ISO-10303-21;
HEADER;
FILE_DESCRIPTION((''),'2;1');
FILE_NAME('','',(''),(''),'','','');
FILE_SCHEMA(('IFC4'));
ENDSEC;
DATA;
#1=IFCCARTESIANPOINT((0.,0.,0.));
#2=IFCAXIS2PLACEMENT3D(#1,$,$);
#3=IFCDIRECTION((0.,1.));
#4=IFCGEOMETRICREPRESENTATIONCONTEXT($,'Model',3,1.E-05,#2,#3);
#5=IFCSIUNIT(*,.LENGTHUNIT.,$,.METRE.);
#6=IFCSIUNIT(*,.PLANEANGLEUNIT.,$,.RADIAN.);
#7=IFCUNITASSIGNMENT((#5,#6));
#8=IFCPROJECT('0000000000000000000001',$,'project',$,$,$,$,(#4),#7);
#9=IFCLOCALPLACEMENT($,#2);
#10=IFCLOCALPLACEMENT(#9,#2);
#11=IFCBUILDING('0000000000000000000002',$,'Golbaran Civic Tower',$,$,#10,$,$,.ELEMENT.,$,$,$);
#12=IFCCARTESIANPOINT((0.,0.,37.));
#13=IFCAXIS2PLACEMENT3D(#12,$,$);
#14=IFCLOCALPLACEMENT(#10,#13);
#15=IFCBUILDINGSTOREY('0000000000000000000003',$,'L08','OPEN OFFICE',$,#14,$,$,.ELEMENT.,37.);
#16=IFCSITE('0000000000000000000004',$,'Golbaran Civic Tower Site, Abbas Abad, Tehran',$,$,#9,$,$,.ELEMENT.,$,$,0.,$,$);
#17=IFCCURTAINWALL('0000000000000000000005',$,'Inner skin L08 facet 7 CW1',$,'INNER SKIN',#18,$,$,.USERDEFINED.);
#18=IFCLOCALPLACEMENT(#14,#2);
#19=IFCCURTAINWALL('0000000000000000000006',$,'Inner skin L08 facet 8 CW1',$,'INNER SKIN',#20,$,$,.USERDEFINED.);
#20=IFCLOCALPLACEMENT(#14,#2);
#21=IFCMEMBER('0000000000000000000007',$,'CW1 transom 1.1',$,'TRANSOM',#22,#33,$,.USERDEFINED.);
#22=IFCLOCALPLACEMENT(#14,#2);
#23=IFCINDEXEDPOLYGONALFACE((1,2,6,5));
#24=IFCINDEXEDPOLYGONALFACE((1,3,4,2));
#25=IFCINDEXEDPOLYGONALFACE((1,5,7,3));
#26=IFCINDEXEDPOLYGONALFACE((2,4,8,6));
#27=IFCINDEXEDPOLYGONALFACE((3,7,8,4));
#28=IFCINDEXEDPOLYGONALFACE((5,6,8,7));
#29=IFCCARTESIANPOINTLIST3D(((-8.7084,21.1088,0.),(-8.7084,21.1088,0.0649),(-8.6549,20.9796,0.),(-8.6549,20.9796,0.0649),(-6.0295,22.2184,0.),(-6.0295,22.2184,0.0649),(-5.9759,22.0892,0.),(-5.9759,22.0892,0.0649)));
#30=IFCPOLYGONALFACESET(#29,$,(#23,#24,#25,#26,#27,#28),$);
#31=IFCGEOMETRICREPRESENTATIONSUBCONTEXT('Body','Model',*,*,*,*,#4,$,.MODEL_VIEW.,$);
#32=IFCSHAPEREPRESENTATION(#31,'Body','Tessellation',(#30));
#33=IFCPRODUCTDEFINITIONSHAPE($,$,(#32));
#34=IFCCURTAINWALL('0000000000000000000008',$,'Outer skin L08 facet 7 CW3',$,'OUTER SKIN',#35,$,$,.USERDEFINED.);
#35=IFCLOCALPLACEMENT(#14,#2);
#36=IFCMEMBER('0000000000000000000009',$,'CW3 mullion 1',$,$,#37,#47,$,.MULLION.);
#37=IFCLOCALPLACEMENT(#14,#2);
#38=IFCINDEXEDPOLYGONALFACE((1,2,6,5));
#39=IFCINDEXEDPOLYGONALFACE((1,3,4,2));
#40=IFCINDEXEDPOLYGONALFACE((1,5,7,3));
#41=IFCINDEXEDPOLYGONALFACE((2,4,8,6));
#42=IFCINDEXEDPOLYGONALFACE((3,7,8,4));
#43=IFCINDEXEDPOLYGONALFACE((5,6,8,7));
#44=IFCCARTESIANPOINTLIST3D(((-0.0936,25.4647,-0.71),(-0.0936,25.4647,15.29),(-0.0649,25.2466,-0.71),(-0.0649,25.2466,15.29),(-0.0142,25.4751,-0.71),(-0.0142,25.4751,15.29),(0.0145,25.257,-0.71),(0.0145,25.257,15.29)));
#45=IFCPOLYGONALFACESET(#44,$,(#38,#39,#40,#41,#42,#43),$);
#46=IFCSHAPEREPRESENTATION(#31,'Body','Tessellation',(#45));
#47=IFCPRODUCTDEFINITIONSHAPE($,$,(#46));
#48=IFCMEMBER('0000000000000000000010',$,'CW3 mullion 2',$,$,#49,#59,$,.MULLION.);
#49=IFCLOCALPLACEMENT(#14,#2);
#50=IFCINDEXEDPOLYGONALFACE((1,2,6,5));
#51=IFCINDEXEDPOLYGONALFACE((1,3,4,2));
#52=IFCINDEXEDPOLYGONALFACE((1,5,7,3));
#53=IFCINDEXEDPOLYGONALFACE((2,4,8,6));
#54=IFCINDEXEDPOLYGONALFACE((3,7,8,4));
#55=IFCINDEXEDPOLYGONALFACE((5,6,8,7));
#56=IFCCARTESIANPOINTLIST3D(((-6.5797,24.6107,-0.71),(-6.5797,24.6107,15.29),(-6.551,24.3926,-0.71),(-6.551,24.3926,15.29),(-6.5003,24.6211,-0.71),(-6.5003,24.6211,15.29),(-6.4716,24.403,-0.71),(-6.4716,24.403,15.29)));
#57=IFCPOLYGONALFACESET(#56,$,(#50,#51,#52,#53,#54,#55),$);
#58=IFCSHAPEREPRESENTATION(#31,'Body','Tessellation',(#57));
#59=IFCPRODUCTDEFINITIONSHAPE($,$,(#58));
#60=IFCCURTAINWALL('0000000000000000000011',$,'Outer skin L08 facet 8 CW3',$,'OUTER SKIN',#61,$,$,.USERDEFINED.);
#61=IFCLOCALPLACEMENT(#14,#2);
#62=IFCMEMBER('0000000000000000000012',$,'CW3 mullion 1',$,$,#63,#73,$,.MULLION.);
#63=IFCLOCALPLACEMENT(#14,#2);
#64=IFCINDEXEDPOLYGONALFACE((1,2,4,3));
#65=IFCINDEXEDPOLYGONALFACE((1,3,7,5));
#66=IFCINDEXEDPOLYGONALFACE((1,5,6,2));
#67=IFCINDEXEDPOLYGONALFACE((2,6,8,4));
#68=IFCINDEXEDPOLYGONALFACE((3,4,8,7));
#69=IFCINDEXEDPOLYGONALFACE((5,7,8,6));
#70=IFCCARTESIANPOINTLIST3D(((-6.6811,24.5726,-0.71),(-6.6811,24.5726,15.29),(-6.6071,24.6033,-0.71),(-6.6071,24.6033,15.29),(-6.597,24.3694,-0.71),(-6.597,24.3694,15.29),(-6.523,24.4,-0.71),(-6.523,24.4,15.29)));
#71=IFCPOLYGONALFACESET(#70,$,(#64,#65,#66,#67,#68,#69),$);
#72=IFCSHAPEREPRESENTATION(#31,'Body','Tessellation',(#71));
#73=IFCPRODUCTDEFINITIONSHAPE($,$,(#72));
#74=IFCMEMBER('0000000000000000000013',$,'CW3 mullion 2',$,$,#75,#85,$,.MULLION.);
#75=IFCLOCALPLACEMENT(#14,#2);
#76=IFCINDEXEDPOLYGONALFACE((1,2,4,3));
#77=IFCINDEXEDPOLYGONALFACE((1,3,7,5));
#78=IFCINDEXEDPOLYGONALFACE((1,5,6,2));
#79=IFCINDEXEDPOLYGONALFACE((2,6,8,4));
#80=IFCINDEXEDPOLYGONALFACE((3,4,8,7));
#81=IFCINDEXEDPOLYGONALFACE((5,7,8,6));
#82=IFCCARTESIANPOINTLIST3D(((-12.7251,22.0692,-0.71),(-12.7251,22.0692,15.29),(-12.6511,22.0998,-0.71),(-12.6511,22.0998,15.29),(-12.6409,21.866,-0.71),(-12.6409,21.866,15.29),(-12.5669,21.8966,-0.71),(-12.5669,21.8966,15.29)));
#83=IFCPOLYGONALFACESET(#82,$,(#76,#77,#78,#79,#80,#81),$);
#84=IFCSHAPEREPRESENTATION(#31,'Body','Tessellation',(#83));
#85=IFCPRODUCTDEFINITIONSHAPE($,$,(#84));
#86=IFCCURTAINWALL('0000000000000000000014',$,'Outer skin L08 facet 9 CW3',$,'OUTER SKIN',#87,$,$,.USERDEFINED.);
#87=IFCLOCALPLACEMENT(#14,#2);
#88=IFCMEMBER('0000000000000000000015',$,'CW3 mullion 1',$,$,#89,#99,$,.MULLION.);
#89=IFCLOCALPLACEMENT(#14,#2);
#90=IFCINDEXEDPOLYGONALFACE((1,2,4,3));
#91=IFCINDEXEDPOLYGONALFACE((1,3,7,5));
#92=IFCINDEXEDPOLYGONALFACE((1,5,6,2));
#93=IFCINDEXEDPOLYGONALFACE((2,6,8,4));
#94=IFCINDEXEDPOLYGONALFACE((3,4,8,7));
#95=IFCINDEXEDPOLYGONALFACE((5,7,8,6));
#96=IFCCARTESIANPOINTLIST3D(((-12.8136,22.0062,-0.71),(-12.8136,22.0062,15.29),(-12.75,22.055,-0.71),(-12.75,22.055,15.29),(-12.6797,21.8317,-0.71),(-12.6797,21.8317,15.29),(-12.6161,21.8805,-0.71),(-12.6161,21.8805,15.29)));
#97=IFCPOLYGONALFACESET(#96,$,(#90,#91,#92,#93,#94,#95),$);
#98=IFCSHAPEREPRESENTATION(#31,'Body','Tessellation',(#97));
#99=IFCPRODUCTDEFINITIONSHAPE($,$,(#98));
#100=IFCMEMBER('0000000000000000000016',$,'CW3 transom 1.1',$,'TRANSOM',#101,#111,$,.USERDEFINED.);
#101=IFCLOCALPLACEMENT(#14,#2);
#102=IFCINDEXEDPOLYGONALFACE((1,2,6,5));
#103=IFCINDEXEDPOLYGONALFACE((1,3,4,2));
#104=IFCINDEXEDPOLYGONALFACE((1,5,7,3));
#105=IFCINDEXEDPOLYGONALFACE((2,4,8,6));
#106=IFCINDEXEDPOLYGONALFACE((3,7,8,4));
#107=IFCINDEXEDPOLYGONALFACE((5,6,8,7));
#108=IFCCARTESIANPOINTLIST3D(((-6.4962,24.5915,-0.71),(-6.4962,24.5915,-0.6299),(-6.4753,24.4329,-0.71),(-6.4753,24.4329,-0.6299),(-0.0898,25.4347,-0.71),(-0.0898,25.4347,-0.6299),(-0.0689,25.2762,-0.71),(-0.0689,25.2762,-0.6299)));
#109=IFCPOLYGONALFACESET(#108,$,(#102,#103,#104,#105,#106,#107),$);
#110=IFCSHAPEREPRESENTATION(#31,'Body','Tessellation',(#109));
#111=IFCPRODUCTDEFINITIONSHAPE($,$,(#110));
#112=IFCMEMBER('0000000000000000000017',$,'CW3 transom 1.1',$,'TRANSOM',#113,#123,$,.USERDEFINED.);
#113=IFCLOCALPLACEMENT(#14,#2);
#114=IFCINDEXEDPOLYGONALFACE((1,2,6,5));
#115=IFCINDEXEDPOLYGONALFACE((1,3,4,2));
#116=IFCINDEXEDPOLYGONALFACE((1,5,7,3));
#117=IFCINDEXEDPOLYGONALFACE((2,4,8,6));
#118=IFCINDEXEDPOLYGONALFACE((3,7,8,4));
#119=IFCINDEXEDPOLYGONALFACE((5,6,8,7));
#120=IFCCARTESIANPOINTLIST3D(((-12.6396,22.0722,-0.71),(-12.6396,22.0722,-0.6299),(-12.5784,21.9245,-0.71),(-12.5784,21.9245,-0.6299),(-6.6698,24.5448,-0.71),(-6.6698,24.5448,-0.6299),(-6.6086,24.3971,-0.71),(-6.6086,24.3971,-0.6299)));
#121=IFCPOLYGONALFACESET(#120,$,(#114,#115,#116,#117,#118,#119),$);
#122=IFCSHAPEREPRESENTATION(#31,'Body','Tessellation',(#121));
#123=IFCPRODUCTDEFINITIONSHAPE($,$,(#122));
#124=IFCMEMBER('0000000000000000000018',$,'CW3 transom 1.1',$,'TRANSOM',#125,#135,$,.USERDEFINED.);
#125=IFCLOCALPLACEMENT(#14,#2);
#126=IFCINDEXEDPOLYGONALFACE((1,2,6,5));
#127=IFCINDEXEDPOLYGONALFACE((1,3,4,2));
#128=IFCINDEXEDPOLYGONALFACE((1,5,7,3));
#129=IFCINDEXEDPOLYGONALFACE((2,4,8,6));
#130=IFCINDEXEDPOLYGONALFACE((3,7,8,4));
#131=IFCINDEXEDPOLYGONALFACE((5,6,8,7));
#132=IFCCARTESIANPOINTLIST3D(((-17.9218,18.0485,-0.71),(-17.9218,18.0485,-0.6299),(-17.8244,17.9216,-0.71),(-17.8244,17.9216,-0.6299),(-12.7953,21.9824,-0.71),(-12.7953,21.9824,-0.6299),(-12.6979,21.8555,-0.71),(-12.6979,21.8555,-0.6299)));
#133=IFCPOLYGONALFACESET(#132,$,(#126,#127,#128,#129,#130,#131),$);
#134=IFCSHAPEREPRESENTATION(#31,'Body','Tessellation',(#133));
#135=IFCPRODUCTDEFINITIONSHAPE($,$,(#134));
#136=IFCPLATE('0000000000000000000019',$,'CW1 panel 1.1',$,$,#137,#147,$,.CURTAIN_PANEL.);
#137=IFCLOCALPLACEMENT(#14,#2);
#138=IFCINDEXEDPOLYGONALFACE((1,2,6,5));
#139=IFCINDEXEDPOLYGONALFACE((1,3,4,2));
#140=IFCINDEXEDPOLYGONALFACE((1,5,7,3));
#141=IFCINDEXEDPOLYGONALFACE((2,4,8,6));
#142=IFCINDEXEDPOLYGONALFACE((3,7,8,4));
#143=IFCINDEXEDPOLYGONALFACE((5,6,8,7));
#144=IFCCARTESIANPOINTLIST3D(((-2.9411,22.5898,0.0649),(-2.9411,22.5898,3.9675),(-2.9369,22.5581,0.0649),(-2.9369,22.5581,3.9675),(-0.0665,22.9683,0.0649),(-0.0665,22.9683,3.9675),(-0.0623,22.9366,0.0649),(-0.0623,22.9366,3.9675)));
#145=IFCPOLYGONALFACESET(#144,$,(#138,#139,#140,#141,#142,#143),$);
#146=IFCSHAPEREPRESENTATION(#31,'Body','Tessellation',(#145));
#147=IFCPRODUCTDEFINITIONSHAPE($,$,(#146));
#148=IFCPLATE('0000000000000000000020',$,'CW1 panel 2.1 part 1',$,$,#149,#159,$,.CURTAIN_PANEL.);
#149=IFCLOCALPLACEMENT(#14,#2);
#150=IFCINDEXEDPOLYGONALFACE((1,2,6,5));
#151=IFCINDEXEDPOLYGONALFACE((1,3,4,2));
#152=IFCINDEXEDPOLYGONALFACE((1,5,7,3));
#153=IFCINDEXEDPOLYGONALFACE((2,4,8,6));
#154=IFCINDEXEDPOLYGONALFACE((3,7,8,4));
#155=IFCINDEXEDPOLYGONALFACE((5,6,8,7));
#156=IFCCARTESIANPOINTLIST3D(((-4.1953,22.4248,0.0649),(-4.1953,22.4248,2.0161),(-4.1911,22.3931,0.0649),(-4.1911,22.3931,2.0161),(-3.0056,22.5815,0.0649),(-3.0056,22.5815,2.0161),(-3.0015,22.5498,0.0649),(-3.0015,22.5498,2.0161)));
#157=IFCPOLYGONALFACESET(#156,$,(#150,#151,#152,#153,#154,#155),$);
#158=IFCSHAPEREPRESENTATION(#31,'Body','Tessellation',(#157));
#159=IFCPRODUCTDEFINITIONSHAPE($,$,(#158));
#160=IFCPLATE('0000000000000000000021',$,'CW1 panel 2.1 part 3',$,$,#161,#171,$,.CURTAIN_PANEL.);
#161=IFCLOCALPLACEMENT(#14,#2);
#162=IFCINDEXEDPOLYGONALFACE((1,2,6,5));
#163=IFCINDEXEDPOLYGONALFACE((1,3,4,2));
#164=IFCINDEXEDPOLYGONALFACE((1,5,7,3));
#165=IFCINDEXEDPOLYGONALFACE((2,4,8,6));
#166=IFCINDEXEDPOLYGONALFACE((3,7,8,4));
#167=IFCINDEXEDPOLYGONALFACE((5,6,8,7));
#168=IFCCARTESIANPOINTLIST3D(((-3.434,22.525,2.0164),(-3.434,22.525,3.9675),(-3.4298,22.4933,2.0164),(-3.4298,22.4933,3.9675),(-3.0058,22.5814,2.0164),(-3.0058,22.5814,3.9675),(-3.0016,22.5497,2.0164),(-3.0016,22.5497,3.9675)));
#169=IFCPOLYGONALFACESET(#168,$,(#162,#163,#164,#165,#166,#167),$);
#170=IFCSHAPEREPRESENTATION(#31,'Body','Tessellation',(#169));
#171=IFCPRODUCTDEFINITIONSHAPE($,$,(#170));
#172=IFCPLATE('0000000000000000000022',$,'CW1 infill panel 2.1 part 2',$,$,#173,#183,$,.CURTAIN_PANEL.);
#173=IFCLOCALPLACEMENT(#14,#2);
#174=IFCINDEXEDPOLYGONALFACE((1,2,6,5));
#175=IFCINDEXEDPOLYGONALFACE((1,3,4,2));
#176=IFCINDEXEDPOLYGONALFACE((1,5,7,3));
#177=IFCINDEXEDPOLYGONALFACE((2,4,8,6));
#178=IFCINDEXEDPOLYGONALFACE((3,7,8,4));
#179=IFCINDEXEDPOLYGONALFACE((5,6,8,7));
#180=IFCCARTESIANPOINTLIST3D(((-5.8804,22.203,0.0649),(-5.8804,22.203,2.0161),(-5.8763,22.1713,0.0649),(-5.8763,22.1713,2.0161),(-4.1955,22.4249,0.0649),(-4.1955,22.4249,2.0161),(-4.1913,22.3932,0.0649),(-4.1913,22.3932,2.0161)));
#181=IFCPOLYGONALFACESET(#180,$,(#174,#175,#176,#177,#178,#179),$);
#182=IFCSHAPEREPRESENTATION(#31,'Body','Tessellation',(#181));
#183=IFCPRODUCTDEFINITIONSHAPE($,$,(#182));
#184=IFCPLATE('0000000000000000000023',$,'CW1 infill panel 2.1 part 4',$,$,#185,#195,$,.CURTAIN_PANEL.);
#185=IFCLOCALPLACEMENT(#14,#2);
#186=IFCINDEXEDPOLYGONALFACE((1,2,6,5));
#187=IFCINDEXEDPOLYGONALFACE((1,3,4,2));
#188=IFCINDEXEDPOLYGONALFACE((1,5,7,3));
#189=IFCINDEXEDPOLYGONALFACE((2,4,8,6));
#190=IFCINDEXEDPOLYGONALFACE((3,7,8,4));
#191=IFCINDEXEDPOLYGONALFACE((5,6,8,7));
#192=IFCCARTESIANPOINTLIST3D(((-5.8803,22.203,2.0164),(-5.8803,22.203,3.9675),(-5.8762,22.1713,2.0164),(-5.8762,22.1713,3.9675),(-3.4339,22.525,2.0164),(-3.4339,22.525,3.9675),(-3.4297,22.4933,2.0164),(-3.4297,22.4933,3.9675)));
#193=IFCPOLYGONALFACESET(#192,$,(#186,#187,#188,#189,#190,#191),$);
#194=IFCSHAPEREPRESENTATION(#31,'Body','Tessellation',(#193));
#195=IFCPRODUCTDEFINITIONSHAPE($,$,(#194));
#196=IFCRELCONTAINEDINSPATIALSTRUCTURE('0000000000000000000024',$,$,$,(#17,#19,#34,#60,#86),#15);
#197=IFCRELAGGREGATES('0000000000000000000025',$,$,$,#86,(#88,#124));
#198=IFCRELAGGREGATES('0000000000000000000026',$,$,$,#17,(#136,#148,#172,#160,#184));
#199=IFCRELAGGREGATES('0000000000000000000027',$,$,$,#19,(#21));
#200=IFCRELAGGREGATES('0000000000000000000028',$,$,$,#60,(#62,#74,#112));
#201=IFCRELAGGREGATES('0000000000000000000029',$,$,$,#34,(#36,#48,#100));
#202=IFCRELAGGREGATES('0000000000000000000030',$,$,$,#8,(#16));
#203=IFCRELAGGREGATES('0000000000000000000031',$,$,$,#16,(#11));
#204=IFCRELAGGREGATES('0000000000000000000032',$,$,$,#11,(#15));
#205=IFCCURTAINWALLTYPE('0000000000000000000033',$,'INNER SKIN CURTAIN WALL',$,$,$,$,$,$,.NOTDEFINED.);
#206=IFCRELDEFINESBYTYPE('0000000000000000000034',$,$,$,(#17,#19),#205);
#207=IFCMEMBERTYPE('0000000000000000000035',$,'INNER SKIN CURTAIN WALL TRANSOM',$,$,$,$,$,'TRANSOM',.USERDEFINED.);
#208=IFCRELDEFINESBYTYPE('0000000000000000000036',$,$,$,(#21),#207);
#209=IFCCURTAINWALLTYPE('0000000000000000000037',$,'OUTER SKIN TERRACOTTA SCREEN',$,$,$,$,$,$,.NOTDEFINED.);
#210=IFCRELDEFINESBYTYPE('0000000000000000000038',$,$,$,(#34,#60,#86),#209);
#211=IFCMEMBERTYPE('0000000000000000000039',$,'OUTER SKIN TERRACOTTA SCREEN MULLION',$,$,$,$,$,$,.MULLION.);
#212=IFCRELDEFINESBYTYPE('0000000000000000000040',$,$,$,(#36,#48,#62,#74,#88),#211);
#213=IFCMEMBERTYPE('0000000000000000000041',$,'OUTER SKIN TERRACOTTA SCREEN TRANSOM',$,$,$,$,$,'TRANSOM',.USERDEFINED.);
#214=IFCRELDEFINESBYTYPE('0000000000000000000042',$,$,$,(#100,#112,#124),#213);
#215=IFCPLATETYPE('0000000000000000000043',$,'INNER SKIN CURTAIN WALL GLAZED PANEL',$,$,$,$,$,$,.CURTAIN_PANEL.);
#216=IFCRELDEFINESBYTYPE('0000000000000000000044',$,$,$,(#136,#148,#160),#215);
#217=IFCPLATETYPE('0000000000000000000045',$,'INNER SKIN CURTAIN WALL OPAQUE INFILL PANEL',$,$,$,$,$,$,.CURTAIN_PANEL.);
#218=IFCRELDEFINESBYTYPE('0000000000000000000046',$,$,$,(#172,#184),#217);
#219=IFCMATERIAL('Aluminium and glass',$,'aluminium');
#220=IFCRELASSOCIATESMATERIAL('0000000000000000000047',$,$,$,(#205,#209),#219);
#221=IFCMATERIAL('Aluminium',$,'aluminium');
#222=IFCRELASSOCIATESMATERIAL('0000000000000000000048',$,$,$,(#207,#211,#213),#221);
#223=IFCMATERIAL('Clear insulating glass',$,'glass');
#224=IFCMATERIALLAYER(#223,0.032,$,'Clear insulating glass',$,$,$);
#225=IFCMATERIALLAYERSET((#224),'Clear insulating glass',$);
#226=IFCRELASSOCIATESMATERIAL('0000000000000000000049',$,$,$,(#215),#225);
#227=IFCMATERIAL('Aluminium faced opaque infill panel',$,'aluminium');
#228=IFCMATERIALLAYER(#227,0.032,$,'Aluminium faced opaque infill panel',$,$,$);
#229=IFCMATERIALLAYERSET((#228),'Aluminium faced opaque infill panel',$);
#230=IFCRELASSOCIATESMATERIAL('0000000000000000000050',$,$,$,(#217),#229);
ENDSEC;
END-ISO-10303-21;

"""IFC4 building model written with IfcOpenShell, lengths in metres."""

from ifc_helpers import new_model, si_unit, direction, frame, origin, origin_2d, place, context, subcontext, project, spatial, rectangle, extrude, material, layer, layer_set, material_profile, profile_set, type_object, element, aggregate, save


model = new_model("IFC4")

# Units and contexts
model_context = context("Model", 3, precision=1e-05, world=origin(), true_north=direction((0.0, 1.0)))
body_context = subcontext(model_context, "Body", "Model", "MODEL_VIEW")
ifc_project = project(units=[si_unit("LENGTHUNIT", "METRE"), si_unit("PLANEANGLEUNIT", "RADIAN")], contexts=[model_context])

# Site, building, storey
site_placement = place(None, origin())
site = spatial("IfcSite", under=ifc_project, at=site_placement, Name="Golbaran Civic Tower Site, Abbas Abad, Tehran", CompositionType="ELEMENT", RefElevation=0.0)
building_placement = place(site_placement, origin())
building = spatial("IfcBuilding", under=site, at=building_placement, Name="Golbaran Civic Tower", CompositionType="ELEMENT")
storey_placement = place(building_placement, frame((0.0, 0.0, 37.0)))
storey = spatial("IfcBuildingStorey", under=building, at=storey_placement, Name="L08", Description="OPEN OFFICE", CompositionType="ELEMENT", Elevation=37.0)

# Curtain wall
ifc_material_1 = material(Name="Aluminium and glass", Category="aluminium")
curtain_wall_type_1 = type_object("IfcCurtainWallType", Name="INNER SKIN CURTAIN WALL", PredefinedType="NOTDEFINED", material=ifc_material_1)
curtain_wall_1_placement = place(storey_placement, origin())
curtain_wall_1 = element("IfcCurtainWall", 1, at=curtain_wall_1_placement, inside=storey, type_object=curtain_wall_type_1, Name="Inner skin L08 facet 7 CW1", ObjectType="INNER SKIN", PredefinedType="USERDEFINED")
ifc_material_2 = material(Name="Aluminium", Category="aluminium")

# Curtain wall
curtain_wall_2_placement = place(storey_placement, origin())
curtain_wall_2 = element("IfcCurtainWall", 2, at=curtain_wall_2_placement, inside=storey, type_object=curtain_wall_type_1, Name="Inner skin L08 facet 8 CW1", ObjectType="INNER SKIN", PredefinedType="USERDEFINED")

# Member
ifc_material_profile_1 = material_profile(ifc_material_2, rectangle(XDim=0.1399, YDim=0.0649, at=origin_2d()), Name="INNER SKIN CURTAIN WALL TRANSOM")
ifc_profile_set_1 = profile_set([ifc_material_profile_1], Name="Aluminium")
member_type_1 = type_object("IfcMemberType", Name="INNER SKIN CURTAIN WALL TRANSOM", ElementType="TRANSOM", PredefinedType="USERDEFINED", material=ifc_profile_set_1)
member_1_placement = place(storey_placement, frame((-6.0027, 22.1538, 0.0325), z_axis=(-0.923884, -0.382672, 0.0), x_axis=(0.382672, -0.923884, 0.0)))
member_1 = element("IfcMember", 3, at=member_1_placement, type_object=member_type_1, Name="CW1 transom 1.1", ObjectType="TRANSOM", PredefinedType="USERDEFINED", context=body_context, shape_type="SweptSolid", body=[
    extrude(rectangle(XDim=0.1399, YDim=0.0649, at=origin_2d()), origin(), (0.0, 0.0, 1.0), 2.8997),
])

# Curtain walls, members
curtain_wall_type_2 = type_object("IfcCurtainWallType", Name="OUTER SKIN TERRACOTTA SCREEN", PredefinedType="NOTDEFINED", material=ifc_material_1)
curtain_wall_3_placement = place(storey_placement, origin())
curtain_wall_3 = element("IfcCurtainWall", 4, at=curtain_wall_3_placement, inside=storey, type_object=curtain_wall_type_2, Name="Outer skin L08 facet 7 CW3", ObjectType="OUTER SKIN", PredefinedType="USERDEFINED")
ifc_material_profile_2 = material_profile(ifc_material_2, rectangle(XDim=0.22, YDim=0.0801, at=origin_2d()), Name="OUTER SKIN TERRACOTTA SCREEN MULLION")
ifc_profile_set_2 = profile_set([ifc_material_profile_2], Name="Aluminium")
member_type_2 = type_object("IfcMemberType", Name="OUTER SKIN TERRACOTTA SCREEN MULLION", PredefinedType="MULLION", material=ifc_profile_set_2)
member_2_placement = place(storey_placement, frame((-0.0396, 25.3608, -0.71), z_axis=(0.0, 0.0, 1.0), x_axis=(0.130526, -0.991445, 0.0)))
member_2 = element("IfcMember", 5, at=member_2_placement, type_object=member_type_2, Name="CW3 mullion 1", PredefinedType="MULLION", context=body_context, shape_type="SweptSolid", body=[
    extrude(rectangle(XDim=0.22, YDim=0.0801, at=origin_2d()), origin(), (0.0, 0.0, 1.0), 16.0),
])
member_3_placement = place(storey_placement, frame((-6.5256, 24.5068, -0.71), z_axis=(0.0, 0.0, 1.0), x_axis=(0.130526, -0.991445, 0.0)))
member_3 = element("IfcMember", 6, at=member_3_placement, type_object=member_type_2, Name="CW3 mullion 2", PredefinedType="MULLION", context=body_context, shape_type="SweptSolid", body=[
    extrude(rectangle(XDim=0.22, YDim=0.0801, at=origin_2d()), origin(), (0.0, 0.0, 1.0), 16.0),
])
curtain_wall_4_placement = place(storey_placement, origin())
curtain_wall_4 = element("IfcCurtainWall", 7, at=curtain_wall_4_placement, inside=storey, type_object=curtain_wall_type_2, Name="Outer skin L08 facet 8 CW3", ObjectType="OUTER SKIN", PredefinedType="USERDEFINED")
member_4_placement = place(storey_placement, frame((-6.6021, 24.4863, -0.71), z_axis=(0.0, 0.0, 1.0), x_axis=(0.382683, -0.92388, 0.0)))
member_4 = element("IfcMember", 8, at=member_4_placement, type_object=member_type_2, Name="CW3 mullion 1", PredefinedType="MULLION", context=body_context, shape_type="SweptSolid", body=[
    extrude(rectangle(XDim=0.22, YDim=0.0801, at=origin_2d()), origin(), (0.0, 0.0, 1.0), 16.0),
])
member_5_placement = place(storey_placement, frame((-12.646, 21.9829, -0.71), z_axis=(0.0, 0.0, 1.0), x_axis=(0.382683, -0.92388, 0.0)))
member_5 = element("IfcMember", 9, at=member_5_placement, type_object=member_type_2, Name="CW3 mullion 2", PredefinedType="MULLION", context=body_context, shape_type="SweptSolid", body=[
    extrude(rectangle(XDim=0.22, YDim=0.0801, at=origin_2d()), origin(), (0.0, 0.0, 1.0), 16.0),
])

# Curtain wall, member
curtain_wall_5_placement = place(storey_placement, origin())
curtain_wall_5 = element("IfcCurtainWall", 10, at=curtain_wall_5_placement, inside=storey, type_object=curtain_wall_type_2, Name="Outer skin L08 facet 9 CW3", ObjectType="OUTER SKIN", PredefinedType="USERDEFINED")
member_6_placement = place(storey_placement, frame((-12.7148, 21.9434, -0.71), z_axis=(0.0, 0.0, 1.0), x_axis=(0.608761, -0.793353, 0.0)))
member_6 = element("IfcMember", 11, at=member_6_placement, type_object=member_type_2, Name="CW3 mullion 1", PredefinedType="MULLION", context=body_context, shape_type="SweptSolid", body=[
    extrude(rectangle(XDim=0.22, YDim=0.0801, at=origin_2d()), origin(), (0.0, 0.0, 1.0), 16.0),
])

# Members
ifc_material_profile_3 = material_profile(ifc_material_2, rectangle(XDim=0.1599, YDim=0.0801, at=origin_2d()), Name="OUTER SKIN TERRACOTTA SCREEN TRANSOM")
ifc_profile_set_3 = profile_set([ifc_material_profile_3], Name="Aluminium")
member_type_3 = type_object("IfcMemberType", Name="OUTER SKIN TERRACOTTA SCREEN TRANSOM", ElementType="TRANSOM", PredefinedType="USERDEFINED", material=ifc_profile_set_3)
member_7_placement = place(storey_placement, frame((-0.0793, 25.3555, -0.6699), z_axis=(-0.991448, -0.1305, 0.0), x_axis=(0.1305, -0.991448, 0.0)))
member_7 = element("IfcMember", 12, at=member_7_placement, type_object=member_type_3, Name="CW3 transom 1.1", ObjectType="TRANSOM", PredefinedType="USERDEFINED", context=body_context, shape_type="SweptSolid", body=[
    extrude(rectangle(XDim=0.1599, YDim=0.0801, at=origin_2d()), origin(), (0.0, 0.0, 1.0), 6.4617),
])
member_8_placement = place(storey_placement, frame((-6.6392, 24.4709, -0.6699), z_axis=(-0.92389, -0.382659, 0.0), x_axis=(0.382659, -0.92389, 0.0)))
member_8 = element("IfcMember", 13, at=member_8_placement, type_object=member_type_3, Name="CW3 transom 1.1", ObjectType="TRANSOM", PredefinedType="USERDEFINED", context=body_context, shape_type="SweptSolid", body=[
    extrude(rectangle(XDim=0.1599, YDim=0.0801, at=origin_2d()), origin(), (0.0, 0.0, 1.0), 6.4617),
])
member_9_placement = place(storey_placement, frame((-12.7466, 21.9189, -0.6699), z_axis=(-0.793341, -0.608777, 0.0), x_axis=(0.608777, -0.793341, 0.0)))
member_9 = element("IfcMember", 14, at=member_9_placement, type_object=member_type_3, Name="CW3 transom 1.1", ObjectType="TRANSOM", PredefinedType="USERDEFINED", context=body_context, shape_type="SweptSolid", body=[
    extrude(rectangle(XDim=0.1599, YDim=0.0801, at=origin_2d()), origin(), (0.0, 0.0, 1.0), 6.4619),
])
aggregate(curtain_wall_5, [member_6, member_9])

# Plates
ifc_material_3 = material(Name="Clear insulating glass", Category="glass")
ifc_layer_1 = layer(ifc_material_3, 0.032, Name="Clear insulating glass")
ifc_layer_set_1 = layer_set([ifc_layer_1], Name="Clear insulating glass")
plate_type_1 = type_object("IfcPlateType", Name="INNER SKIN CURTAIN WALL GLAZED PANEL", PredefinedType="CURTAIN_PANEL", material=ifc_layer_set_1)
plate_1_placement = place(storey_placement, frame((-1.5017, 22.7632, 0.0649), z_axis=(0.0, 0.0, 1.0), x_axis=(-0.991445, -0.130526, 0.0)))
plate_1 = element("IfcPlate", 15, at=plate_1_placement, type_object=plate_type_1, Name="CW1 panel 1.1", PredefinedType="CURTAIN_PANEL", context=body_context, shape_type="SweptSolid", body=[
    extrude(rectangle(XDim=2.8994, YDim=0.032, at=origin_2d()), origin(), (0.0, 0.0, 1.0), 3.9026),
])
plate_2_placement = place(storey_placement, frame((-3.5984, 22.4873, 0.0649), z_axis=(0.0, 0.0, 1.0), x_axis=(-0.991445, -0.130526, 0.0)))
plate_2 = element("IfcPlate", 16, at=plate_2_placement, type_object=plate_type_1, Name="CW1 panel 2.1 part 1", PredefinedType="CURTAIN_PANEL", context=body_context, shape_type="SweptSolid", body=[
    extrude(rectangle(XDim=1.2, YDim=0.032, at=origin_2d()), origin(), (0.0, 0.0, 1.0), 1.9512),
])
plate_3_placement = place(storey_placement, frame((-3.2178, 22.5374, 2.0164), z_axis=(0.0, 0.0, 1.0), x_axis=(-0.991445, -0.130526, 0.0)))
plate_3 = element("IfcPlate", 17, at=plate_3_placement, type_object=plate_type_1, Name="CW1 panel 2.1 part 3", PredefinedType="CURTAIN_PANEL", context=body_context, shape_type="SweptSolid", body=[
    extrude(rectangle(XDim=0.4319, YDim=0.032, at=origin_2d()), origin(), (0.0, 0.0, 1.0), 1.9512),
])
ifc_material_4 = material(Name="Aluminium faced opaque infill panel", Category="aluminium")
ifc_layer_2 = layer(ifc_material_4, 0.032, Name="Aluminium faced opaque infill panel")
ifc_layer_set_2 = layer_set([ifc_layer_2], Name="Aluminium faced opaque infill panel")
plate_type_2 = type_object("IfcPlateType", Name="INNER SKIN CURTAIN WALL OPAQUE INFILL PANEL", PredefinedType="CURTAIN_PANEL", material=ifc_layer_set_2)
plate_4_placement = place(storey_placement, frame((-5.0359, 22.2981, 0.0649), z_axis=(0.0, 0.0, 1.0), x_axis=(-0.991445, -0.130526, 0.0)))
plate_4 = element("IfcPlate", 18, at=plate_4_placement, type_object=plate_type_2, Name="CW1 infill panel 2.1 part 2", PredefinedType="CURTAIN_PANEL", context=body_context, shape_type="SweptSolid", body=[
    extrude(rectangle(XDim=1.6995, YDim=0.032, at=origin_2d()), origin(), (0.0, 0.0, 1.0), 1.9512),
])
plate_5_placement = place(storey_placement, frame((-4.655, 22.3481, 2.0164), z_axis=(0.0, 0.0, 1.0), x_axis=(-0.991445, -0.130526, 0.0)))
plate_5 = element("IfcPlate", 19, at=plate_5_placement, type_object=plate_type_2, Name="CW1 infill panel 2.1 part 4", PredefinedType="CURTAIN_PANEL", context=body_context, shape_type="SweptSolid", body=[
    extrude(rectangle(XDim=2.4675, YDim=0.032, at=origin_2d()), origin(), (0.0, 0.0, 1.0), 1.9512),
])
aggregate(curtain_wall_1, [plate_1, plate_2, plate_4, plate_3, plate_5])
aggregate(curtain_wall_2, [member_1])
aggregate(curtain_wall_4, [member_4, member_5, member_8])
aggregate(curtain_wall_3, [member_2, member_3, member_7])

save(model, "model.ifc")
